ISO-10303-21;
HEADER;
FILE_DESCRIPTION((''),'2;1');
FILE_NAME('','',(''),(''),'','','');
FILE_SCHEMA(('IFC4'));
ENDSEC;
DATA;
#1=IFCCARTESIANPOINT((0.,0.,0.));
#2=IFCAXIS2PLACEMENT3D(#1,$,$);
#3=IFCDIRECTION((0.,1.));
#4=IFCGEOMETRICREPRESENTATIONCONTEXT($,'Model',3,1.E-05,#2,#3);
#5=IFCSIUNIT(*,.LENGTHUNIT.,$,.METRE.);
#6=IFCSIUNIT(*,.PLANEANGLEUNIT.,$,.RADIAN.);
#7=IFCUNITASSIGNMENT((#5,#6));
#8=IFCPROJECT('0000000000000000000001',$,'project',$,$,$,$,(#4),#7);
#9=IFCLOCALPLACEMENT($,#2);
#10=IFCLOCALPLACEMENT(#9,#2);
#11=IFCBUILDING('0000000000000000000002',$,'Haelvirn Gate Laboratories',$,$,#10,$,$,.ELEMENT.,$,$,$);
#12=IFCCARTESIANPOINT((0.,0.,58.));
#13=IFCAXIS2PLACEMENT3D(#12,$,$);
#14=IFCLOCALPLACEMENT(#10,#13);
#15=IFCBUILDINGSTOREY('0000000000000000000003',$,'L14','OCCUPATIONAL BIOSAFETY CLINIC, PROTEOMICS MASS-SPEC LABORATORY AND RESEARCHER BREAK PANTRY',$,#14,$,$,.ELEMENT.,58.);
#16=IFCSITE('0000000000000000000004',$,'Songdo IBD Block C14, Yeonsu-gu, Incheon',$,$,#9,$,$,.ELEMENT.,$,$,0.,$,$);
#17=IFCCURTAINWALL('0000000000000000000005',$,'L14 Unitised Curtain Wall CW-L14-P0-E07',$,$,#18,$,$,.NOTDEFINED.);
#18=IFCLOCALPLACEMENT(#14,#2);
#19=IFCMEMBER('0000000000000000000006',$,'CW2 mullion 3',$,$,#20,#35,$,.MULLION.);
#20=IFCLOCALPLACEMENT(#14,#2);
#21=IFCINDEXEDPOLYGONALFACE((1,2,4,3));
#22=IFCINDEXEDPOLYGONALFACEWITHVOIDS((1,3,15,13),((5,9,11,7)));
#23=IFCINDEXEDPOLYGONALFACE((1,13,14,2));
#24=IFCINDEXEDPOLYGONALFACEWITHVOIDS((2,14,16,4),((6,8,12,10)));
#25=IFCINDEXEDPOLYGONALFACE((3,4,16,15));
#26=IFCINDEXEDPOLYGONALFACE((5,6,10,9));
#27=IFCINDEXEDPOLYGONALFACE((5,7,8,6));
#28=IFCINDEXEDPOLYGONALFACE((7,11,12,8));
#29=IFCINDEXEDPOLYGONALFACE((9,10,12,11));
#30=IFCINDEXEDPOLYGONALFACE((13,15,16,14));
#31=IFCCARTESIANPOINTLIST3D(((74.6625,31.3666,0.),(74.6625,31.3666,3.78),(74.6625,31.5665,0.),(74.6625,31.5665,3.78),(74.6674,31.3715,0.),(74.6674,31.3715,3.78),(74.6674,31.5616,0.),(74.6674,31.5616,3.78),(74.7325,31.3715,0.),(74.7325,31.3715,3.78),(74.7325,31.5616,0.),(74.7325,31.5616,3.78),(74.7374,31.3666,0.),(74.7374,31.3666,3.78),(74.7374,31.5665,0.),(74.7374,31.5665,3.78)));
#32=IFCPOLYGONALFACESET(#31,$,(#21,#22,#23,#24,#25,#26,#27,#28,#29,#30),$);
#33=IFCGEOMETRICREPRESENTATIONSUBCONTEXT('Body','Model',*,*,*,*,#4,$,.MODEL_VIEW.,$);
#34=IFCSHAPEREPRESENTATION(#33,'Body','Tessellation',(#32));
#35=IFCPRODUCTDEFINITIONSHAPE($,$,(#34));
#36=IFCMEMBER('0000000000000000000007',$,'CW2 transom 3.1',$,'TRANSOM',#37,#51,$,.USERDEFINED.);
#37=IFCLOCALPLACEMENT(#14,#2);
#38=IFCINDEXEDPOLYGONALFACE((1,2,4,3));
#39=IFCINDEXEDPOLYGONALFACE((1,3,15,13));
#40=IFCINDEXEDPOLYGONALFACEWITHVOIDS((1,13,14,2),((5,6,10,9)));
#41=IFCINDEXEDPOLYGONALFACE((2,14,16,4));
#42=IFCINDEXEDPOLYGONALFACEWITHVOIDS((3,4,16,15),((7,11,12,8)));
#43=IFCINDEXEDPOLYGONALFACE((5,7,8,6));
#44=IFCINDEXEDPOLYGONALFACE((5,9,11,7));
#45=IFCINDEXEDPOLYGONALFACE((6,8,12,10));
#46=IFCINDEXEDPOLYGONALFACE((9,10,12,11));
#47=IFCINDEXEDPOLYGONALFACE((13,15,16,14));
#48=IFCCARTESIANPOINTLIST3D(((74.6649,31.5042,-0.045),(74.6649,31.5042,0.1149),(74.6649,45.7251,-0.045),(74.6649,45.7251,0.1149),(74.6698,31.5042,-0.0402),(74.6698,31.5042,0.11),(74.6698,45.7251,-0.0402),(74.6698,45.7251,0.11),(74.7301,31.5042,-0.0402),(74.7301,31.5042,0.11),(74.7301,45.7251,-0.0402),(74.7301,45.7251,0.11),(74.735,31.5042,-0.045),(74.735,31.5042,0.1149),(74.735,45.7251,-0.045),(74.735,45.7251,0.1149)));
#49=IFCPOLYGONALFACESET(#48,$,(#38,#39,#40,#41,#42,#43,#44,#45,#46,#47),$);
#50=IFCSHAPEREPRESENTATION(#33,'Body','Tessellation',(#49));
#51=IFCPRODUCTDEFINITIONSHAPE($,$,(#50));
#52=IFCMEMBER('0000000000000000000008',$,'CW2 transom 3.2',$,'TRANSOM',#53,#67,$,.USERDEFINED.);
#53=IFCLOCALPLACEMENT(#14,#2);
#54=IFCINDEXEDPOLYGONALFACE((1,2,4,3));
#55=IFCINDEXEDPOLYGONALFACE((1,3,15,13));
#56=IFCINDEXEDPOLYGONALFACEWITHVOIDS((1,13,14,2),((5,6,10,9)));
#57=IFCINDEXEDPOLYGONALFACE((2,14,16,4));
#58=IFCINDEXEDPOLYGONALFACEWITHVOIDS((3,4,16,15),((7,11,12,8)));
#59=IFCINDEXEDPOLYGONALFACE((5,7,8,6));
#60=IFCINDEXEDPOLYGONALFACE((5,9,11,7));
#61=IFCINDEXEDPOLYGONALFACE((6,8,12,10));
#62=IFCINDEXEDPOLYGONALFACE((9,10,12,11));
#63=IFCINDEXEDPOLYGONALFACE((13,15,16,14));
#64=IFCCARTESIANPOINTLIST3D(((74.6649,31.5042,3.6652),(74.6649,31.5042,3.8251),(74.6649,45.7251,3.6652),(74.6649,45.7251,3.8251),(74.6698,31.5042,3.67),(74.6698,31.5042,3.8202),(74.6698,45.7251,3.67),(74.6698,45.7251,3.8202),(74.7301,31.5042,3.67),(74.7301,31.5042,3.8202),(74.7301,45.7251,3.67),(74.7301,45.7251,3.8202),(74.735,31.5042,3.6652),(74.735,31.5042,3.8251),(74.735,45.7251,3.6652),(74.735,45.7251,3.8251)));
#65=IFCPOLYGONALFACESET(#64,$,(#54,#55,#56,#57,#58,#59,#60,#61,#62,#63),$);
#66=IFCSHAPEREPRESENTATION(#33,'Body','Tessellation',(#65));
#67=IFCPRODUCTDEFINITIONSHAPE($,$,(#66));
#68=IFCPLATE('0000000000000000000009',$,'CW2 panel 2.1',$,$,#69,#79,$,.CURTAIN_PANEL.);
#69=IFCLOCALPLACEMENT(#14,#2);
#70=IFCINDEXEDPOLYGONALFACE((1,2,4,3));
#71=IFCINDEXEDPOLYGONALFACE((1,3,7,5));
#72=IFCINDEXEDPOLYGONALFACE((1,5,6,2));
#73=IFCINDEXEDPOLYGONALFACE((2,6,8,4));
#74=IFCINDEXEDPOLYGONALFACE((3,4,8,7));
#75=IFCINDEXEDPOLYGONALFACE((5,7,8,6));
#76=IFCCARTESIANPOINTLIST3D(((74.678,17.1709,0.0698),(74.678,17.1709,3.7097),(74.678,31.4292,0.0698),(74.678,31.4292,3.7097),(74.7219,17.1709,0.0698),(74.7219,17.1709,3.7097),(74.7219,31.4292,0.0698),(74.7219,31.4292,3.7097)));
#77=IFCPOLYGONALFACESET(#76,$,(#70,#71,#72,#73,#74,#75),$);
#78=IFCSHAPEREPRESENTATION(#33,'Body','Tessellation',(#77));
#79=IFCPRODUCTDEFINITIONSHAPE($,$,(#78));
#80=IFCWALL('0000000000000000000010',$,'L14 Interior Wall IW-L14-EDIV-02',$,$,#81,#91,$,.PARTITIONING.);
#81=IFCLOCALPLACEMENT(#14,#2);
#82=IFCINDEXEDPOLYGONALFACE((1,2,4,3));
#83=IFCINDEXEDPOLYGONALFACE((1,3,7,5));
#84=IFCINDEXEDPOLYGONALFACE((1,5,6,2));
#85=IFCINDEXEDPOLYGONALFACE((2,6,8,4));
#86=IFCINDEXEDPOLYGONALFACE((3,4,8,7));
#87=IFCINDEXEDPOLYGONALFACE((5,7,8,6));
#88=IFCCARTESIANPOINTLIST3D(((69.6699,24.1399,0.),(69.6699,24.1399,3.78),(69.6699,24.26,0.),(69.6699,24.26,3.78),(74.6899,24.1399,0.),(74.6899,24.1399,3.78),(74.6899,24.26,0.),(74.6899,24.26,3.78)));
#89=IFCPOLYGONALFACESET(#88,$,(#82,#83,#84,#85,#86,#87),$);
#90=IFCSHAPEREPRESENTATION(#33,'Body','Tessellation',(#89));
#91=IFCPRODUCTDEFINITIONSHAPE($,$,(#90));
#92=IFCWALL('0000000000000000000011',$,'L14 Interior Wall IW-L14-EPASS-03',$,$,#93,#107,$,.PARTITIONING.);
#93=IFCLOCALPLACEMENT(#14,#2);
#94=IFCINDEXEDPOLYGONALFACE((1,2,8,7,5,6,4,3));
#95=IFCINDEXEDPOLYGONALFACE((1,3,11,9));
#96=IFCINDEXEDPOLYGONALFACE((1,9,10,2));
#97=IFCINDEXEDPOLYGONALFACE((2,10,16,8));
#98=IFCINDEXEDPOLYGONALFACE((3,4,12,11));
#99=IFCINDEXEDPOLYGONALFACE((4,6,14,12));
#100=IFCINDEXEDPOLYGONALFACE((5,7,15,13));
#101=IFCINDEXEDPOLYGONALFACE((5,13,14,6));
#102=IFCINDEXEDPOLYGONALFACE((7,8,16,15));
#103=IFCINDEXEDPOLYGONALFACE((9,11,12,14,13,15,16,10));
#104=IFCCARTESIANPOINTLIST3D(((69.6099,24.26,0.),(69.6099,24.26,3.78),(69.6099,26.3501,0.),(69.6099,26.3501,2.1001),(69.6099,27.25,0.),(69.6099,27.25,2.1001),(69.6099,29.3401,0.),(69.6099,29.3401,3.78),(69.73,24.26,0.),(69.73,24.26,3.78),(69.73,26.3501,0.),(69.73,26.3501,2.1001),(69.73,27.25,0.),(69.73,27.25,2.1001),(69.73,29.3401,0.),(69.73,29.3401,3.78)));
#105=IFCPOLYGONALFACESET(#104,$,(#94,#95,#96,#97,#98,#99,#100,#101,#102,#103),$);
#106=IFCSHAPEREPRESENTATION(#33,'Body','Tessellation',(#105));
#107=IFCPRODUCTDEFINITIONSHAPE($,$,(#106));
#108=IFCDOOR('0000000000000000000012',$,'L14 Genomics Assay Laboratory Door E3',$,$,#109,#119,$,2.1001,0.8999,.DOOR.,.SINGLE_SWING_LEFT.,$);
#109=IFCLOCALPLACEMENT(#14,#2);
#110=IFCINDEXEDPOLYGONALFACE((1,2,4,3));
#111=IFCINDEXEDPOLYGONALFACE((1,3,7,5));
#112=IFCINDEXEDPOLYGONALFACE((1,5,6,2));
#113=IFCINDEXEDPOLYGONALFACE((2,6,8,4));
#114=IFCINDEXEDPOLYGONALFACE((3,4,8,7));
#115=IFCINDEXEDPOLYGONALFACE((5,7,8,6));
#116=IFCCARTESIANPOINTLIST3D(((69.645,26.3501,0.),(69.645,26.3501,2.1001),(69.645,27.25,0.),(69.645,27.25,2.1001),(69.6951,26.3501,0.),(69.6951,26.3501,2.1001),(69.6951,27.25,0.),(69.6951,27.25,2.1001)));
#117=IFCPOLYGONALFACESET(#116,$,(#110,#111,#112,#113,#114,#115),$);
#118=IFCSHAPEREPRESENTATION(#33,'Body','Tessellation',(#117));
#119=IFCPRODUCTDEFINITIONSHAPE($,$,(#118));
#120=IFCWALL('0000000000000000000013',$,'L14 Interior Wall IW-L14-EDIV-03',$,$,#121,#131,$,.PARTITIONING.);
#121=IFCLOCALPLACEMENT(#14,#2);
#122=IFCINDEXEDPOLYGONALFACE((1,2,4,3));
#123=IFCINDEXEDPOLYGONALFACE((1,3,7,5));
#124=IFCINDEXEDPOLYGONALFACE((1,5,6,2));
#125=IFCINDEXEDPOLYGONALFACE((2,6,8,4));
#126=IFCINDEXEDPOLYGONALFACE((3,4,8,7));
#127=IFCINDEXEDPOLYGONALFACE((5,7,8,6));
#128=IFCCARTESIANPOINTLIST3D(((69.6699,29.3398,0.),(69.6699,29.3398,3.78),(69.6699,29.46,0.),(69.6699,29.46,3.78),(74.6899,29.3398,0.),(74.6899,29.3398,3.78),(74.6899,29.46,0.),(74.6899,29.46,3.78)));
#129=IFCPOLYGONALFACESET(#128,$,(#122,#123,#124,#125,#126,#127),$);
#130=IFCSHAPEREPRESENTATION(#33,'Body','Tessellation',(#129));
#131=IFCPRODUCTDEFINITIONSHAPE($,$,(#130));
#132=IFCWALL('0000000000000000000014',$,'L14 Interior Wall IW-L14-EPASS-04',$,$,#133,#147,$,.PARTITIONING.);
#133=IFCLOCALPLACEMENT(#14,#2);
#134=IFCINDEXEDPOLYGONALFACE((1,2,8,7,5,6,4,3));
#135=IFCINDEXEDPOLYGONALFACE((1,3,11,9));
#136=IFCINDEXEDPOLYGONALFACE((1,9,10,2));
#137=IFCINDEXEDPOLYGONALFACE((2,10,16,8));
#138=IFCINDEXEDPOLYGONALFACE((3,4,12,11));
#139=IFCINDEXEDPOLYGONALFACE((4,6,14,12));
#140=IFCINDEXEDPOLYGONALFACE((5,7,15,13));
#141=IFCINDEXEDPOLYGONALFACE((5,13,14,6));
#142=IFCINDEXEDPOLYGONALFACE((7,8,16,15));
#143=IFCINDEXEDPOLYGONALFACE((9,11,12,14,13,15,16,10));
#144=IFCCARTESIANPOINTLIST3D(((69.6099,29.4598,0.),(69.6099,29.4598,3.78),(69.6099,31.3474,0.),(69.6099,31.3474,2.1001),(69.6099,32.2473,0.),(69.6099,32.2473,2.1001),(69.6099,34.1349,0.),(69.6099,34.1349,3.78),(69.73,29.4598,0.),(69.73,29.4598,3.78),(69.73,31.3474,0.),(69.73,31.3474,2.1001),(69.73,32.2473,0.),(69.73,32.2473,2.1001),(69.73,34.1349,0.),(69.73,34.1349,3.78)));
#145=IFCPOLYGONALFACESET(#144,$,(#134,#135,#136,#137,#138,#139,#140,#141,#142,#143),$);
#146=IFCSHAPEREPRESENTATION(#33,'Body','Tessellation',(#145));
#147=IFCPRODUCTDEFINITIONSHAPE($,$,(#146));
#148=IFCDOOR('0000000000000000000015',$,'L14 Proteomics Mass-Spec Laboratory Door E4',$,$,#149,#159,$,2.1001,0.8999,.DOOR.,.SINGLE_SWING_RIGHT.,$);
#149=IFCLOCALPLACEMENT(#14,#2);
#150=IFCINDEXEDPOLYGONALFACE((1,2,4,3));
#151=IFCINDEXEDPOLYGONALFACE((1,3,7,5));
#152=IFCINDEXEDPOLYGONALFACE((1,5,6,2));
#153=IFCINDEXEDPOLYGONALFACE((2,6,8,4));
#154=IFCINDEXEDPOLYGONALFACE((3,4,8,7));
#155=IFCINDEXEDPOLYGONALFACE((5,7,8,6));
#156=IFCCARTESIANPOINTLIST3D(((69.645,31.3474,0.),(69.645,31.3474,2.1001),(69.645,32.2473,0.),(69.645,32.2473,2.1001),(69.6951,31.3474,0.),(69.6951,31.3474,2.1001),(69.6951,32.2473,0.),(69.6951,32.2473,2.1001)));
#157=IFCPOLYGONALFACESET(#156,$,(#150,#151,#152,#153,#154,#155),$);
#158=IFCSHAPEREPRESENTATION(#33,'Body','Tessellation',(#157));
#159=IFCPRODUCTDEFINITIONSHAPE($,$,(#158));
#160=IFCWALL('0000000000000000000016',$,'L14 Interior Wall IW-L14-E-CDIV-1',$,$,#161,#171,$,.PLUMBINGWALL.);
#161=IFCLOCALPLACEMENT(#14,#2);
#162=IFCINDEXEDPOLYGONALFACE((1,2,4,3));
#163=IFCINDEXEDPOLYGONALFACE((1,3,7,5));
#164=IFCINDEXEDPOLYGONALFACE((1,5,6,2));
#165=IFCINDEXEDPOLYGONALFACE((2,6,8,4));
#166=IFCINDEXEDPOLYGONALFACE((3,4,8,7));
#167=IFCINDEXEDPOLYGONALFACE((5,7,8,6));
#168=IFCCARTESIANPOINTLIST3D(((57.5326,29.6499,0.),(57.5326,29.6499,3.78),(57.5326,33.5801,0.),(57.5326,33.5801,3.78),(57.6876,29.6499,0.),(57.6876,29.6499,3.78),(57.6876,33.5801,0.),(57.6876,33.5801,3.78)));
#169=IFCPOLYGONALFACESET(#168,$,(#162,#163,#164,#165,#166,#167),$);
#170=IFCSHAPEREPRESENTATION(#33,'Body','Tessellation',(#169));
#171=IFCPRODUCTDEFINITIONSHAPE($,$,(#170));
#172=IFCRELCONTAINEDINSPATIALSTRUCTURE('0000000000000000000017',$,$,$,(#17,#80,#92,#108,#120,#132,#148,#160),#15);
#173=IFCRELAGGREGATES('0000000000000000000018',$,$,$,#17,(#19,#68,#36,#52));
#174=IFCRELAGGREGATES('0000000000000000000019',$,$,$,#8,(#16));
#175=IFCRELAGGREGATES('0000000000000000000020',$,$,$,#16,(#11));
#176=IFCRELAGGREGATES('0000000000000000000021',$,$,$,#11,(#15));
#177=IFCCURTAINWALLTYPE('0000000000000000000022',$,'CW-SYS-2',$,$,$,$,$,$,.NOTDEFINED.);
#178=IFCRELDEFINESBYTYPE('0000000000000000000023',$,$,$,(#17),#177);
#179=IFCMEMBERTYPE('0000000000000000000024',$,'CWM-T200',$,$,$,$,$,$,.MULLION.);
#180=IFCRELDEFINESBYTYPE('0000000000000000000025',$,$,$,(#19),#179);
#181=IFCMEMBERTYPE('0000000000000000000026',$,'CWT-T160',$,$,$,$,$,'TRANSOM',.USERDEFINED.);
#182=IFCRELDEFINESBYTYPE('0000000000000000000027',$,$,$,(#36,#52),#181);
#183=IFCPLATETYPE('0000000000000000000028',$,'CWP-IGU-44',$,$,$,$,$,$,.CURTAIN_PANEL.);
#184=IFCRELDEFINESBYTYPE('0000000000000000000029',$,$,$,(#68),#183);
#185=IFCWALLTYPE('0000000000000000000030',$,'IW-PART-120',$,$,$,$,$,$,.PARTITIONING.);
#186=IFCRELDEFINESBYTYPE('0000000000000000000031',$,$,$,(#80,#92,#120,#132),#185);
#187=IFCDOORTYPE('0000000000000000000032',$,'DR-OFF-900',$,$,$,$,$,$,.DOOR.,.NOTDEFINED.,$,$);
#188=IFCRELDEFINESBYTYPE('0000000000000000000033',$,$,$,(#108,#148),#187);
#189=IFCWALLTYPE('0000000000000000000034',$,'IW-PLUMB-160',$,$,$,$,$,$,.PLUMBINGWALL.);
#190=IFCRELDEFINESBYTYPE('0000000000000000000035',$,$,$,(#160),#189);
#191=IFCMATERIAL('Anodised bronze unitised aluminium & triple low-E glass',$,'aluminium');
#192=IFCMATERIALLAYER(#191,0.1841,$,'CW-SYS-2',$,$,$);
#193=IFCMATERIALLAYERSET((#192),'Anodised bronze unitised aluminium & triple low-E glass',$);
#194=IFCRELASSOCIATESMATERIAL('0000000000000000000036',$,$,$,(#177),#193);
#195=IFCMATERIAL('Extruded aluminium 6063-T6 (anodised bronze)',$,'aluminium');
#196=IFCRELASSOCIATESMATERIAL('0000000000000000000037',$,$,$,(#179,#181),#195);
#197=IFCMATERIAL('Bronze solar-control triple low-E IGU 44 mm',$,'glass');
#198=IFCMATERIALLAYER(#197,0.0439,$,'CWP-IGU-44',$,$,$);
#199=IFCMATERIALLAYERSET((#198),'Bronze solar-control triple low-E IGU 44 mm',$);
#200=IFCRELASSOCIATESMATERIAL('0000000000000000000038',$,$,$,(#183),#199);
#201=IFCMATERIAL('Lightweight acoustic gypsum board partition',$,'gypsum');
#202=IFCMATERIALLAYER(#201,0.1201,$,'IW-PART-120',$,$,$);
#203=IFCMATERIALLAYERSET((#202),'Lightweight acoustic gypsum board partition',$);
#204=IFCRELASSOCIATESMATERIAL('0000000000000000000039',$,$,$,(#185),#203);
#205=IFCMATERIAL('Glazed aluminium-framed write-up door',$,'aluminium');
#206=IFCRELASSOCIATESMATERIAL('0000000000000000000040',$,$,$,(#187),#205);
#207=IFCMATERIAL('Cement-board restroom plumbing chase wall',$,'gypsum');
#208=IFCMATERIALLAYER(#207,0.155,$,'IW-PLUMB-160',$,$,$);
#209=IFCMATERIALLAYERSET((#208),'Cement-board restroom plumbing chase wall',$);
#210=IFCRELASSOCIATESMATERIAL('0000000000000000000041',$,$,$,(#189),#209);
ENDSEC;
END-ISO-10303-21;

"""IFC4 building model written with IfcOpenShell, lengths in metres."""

from ifc_helpers import new_model, si_unit, direction, frame, frame_2d, origin, origin_2d, place, context, subcontext, project, spatial, rectangle, hollow_rectangle, extrude, source, transform, mapped, material, layer, layer_set, material_profile, profile_set, type_object, type_shapes, element, fill, aggregate, save


model = new_model("IFC4")

# Units and contexts
model_context = context("Model", 3, precision=1e-05, world=origin(), true_north=direction((0.0, 1.0)))
body_context = subcontext(model_context, "Body", "Model", "MODEL_VIEW")
ifc_project = project(units=[si_unit("LENGTHUNIT", "METRE"), si_unit("PLANEANGLEUNIT", "RADIAN")], contexts=[model_context])

# Site, building, storey
site_placement = place(None, origin())
site = spatial("IfcSite", under=ifc_project, at=site_placement, Name="Songdo IBD Block C14, Yeonsu-gu, Incheon", CompositionType="ELEMENT", RefElevation=0.0)
building_placement = place(site_placement, origin())
building = spatial("IfcBuilding", under=site, at=building_placement, Name="Haelvirn Gate Laboratories", CompositionType="ELEMENT")
storey_placement = place(building_placement, frame((0.0, 0.0, 58.0)))
storey = spatial("IfcBuildingStorey", under=building, at=storey_placement, Name="L14", Description="OCCUPATIONAL BIOSAFETY CLINIC, PROTEOMICS MASS-SPEC LABORATORY AND RESEARCHER BREAK PANTRY", CompositionType="ELEMENT", Elevation=58.0)

# Curtain wall, members, plate
ifc_material_1 = material(Name="Anodised bronze unitised aluminium & triple low-E glass", Category="aluminium")
ifc_layer_1 = layer(ifc_material_1, 0.1841, Name="CW-SYS-2")
ifc_layer_set_1 = layer_set([ifc_layer_1], Name="Anodised bronze unitised aluminium & triple low-E glass")
curtain_wall_type = type_object("IfcCurtainWallType", Name="CW-SYS-2", PredefinedType="NOTDEFINED", material=ifc_layer_set_1)
curtain_wall_placement = place(storey_placement, origin())
curtain_wall = element("IfcCurtainWall", 1, at=curtain_wall_placement, inside=storey, type_object=curtain_wall_type, Name="L14 Unitised Curtain Wall CW-L14-P0-E07", PredefinedType="NOTDEFINED")
ifc_material_2 = material(Name="Extruded aluminium 6063-T6 (anodised bronze)", Category="aluminium")
ifc_material_profile_1 = material_profile(ifc_material_2, hollow_rectangle(XDim=0.075, YDim=0.2, WallThickness=0.0049, at=origin_2d()), Name="CWM-200x75x5")
ifc_profile_set_1 = profile_set([ifc_material_profile_1], Name="Extruded aluminium 6063-T6 (anodised bronze)")
member_type_1 = type_object("IfcMemberType", Name="CWM-T200", PredefinedType="MULLION", material=ifc_profile_set_1)
shared_shape_1 = source(origin(), body_context, "Body", "SweptSolid", [
    extrude(hollow_rectangle(XDim=0.075, YDim=0.2, WallThickness=0.0049, at=origin_2d()), origin(), (0.0, 0.0, 1.0), 3.78),
])
type_shapes(member_type_1, [shared_shape_1])
member_1_placement = place(storey_placement, frame((74.7, 31.4666, 0.0), z_axis=(0.0, 0.0, 1.0), x_axis=(-1.0, 0.0, 0.0)))
member_1 = element("IfcMember", 2, at=member_1_placement, type_object=member_type_1, Name="CW2 mullion 3", PredefinedType="MULLION", context=body_context, shape_type="MappedRepresentation", body=[
    mapped(shared_shape_1, transform((0.0, 0.0, 0.0), scale=1.0)),
])
ifc_material_profile_2 = material_profile(ifc_material_2, hollow_rectangle(XDim=0.0701, YDim=0.1599, WallThickness=0.0049, at=origin_2d()), Name="CWT-160x70x5")
ifc_profile_set_2 = profile_set([ifc_material_profile_2], Name="Extruded aluminium 6063-T6 (anodised bronze)")
member_type_2 = type_object("IfcMemberType", Name="CWT-T160", ElementType="TRANSOM", PredefinedType="USERDEFINED", material=ifc_profile_set_2)
shared_shape_2 = source(origin(), body_context, "Body", "SweptSolid", [
    extrude(hollow_rectangle(XDim=0.0701, YDim=0.1599, WallThickness=0.0049, at=origin_2d()), origin(), (0.0, 0.0, 1.0), 14.2209),
])
type_shapes(member_type_2, [shared_shape_2])
member_2_placement = place(storey_placement, frame((74.7, 31.5042, 0.0349), z_axis=(0.0, 1.0, 0.0), x_axis=(-1.0, 0.0, 0.0)))
member_2 = element("IfcMember", 3, at=member_2_placement, type_object=member_type_2, Name="CW2 transom 3.1", ObjectType="TRANSOM", PredefinedType="USERDEFINED", context=body_context, shape_type="MappedRepresentation", body=[
    mapped(shared_shape_2, transform((0.0, 0.0, 0.0), scale=1.0)),
])
member_3_placement = place(storey_placement, frame((74.7, 31.5042, 3.7451), z_axis=(0.0, 1.0, 0.0), x_axis=(-1.0, 0.0, 0.0)))
member_3 = element("IfcMember", 4, at=member_3_placement, type_object=member_type_2, Name="CW2 transom 3.2", ObjectType="TRANSOM", PredefinedType="USERDEFINED", context=body_context, shape_type="MappedRepresentation", body=[
    mapped(shared_shape_2, transform((0.0, 0.0, 0.0), scale=1.0)),
])
ifc_material_3 = material(Name="Bronze solar-control triple low-E IGU 44 mm", Category="glass")
ifc_layer_2 = layer(ifc_material_3, 0.0439, Name="CWP-IGU-44")
ifc_layer_set_2 = layer_set([ifc_layer_2], Name="Bronze solar-control triple low-E IGU 44 mm")
plate_type = type_object("IfcPlateType", Name="CWP-IGU-44", PredefinedType="CURTAIN_PANEL", material=ifc_layer_set_2)
shared_shape_3 = source(origin(), body_context, "Body", "SweptSolid", [
    extrude(rectangle(XDim=14.2583, YDim=0.0439, at=origin_2d()), origin(), (0.0, 0.0, 1.0), 3.6399),
])
type_shapes(plate_type, [shared_shape_3])
plate_placement = place(storey_placement, frame((74.7, 24.3, 0.0698), z_axis=(0.0, 0.0, 1.0), x_axis=(0.0, 1.0, 0.0)))
plate = element("IfcPlate", 5, at=plate_placement, type_object=plate_type, Name="CW2 panel 2.1", PredefinedType="CURTAIN_PANEL", context=body_context, shape_type="MappedRepresentation", body=[
    mapped(shared_shape_3, transform((0.0, 0.0, 0.0), scale=1.0)),
])
aggregate(curtain_wall, [member_1, plate, member_2, member_3])

# Wall
ifc_material_4 = material(Name="Lightweight acoustic gypsum board partition", Category="gypsum")
ifc_layer_3 = layer(ifc_material_4, 0.1201, Name="IW-PART-120")
ifc_layer_set_3 = layer_set([ifc_layer_3], Name="Lightweight acoustic gypsum board partition")
wall_type_1 = type_object("IfcWallType", Name="IW-PART-120", PredefinedType="PARTITIONING", material=ifc_layer_set_3)
wall_1_placement = place(storey_placement, frame((69.6699, 24.2, 0.0), z_axis=(0.0, 0.0, 1.0), x_axis=(1.0, 0.0, 0.0)))
element("IfcWall", 6, at=wall_1_placement, inside=storey, type_object=wall_type_1, Name="L14 Interior Wall IW-L14-EDIV-02", PredefinedType="PARTITIONING", context=body_context, shape_type="SweptSolid", body=[
    extrude(rectangle(XDim=5.02, YDim=0.1201, at=frame_2d((2.51, 0.0))), origin(), (0.0, 0.0, 1.0), 3.78),
])

# Wall, opening, door
wall_2_placement = place(storey_placement, frame((69.6699, 24.26, 0.0), z_axis=(0.0, 0.0, 1.0), x_axis=(0.0, 1.0, 0.0)))
wall_2 = element("IfcWall", 7, at=wall_2_placement, inside=storey, type_object=wall_type_1, Name="L14 Interior Wall IW-L14-EPASS-03", PredefinedType="PARTITIONING", context=body_context, shape_type="SweptSolid", body=[
    extrude(rectangle(XDim=5.0801, YDim=0.1201, at=frame_2d((2.54, 0.0))), origin(), (0.0, 0.0, 1.0), 3.78),
])
opening_1_placement = place(wall_2_placement, frame((2.0901, 0.0, 0.0)))
opening_1 = element("IfcOpeningElement", 8, at=opening_1_placement, cuts=wall_2, PredefinedType="OPENING", context=body_context, shape_type="SweptSolid", body=[
    extrude(rectangle(XDim=0.8999, YDim=2.1001, at=frame_2d((0.45, 1.05))), frame((0.0, 0.0701, 0.0), z_axis=(0.0, -1.0, 0.0), x_axis=(1.0, 0.0, 0.0)), (0.0, 0.0, 1.0), 0.1401),
])
ifc_material_5 = material(Name="Glazed aluminium-framed write-up door", Category="aluminium")
door_type_1 = type_object("IfcDoorType", Name="DR-OFF-900", OperationType="NOTDEFINED", PredefinedType="DOOR", material=ifc_material_5)
shared_shape_4 = source(origin(), body_context, "Body", "SweptSolid", [
    extrude(rectangle(XDim=0.8999, YDim=2.1001, at=frame_2d((0.45, 1.05))), frame((0.0, 0.0249, 0.0), z_axis=(0.0, -1.0, 0.0), x_axis=(1.0, 0.0, 0.0)), (0.0, 0.0, 1.0), 0.05),
])
type_shapes(door_type_1, [shared_shape_4])
door_1_placement = place(opening_1_placement, origin())
door_1 = element("IfcDoor", 9, at=door_1_placement, inside=storey, type_object=door_type_1, Name="L14 Genomics Assay Laboratory Door E3", OperationType="SINGLE_SWING_LEFT", OverallHeight=2.1001, OverallWidth=0.8999, PredefinedType="DOOR", context=body_context, shape_type="MappedRepresentation", body=[
    mapped(shared_shape_4, transform((0.0, 0.0, 0.0), scale=1.0)),
])
fill(opening_1, door_1)

# Wall
wall_3_placement = place(storey_placement, frame((69.6699, 29.3999, 0.0), z_axis=(0.0, 0.0, 1.0), x_axis=(1.0, 0.0, 0.0)))
element("IfcWall", 10, at=wall_3_placement, inside=storey, type_object=wall_type_1, Name="L14 Interior Wall IW-L14-EDIV-03", PredefinedType="PARTITIONING", context=body_context, shape_type="SweptSolid", body=[
    extrude(rectangle(XDim=5.02, YDim=0.1201, at=frame_2d((2.51, 0.0))), origin(), (0.0, 0.0, 1.0), 3.78),
])

# Wall, opening, door
wall_4_placement = place(storey_placement, frame((69.6699, 29.46, 0.0), z_axis=(0.0, 0.0, 1.0), x_axis=(0.0, 1.0, 0.0)))
wall_4 = element("IfcWall", 11, at=wall_4_placement, inside=storey, type_object=wall_type_1, Name="L14 Interior Wall IW-L14-EPASS-04", PredefinedType="PARTITIONING", context=body_context, shape_type="SweptSolid", body=[
    extrude(rectangle(XDim=4.675, YDim=0.1201, at=frame_2d((2.3374, 0.0))), origin(), (0.0, 0.0, 1.0), 3.78),
])
opening_2_placement = place(wall_4_placement, frame((1.8875, 0.0, 0.0)))
opening_2 = element("IfcOpeningElement", 12, at=opening_2_placement, cuts=wall_4, PredefinedType="OPENING", context=body_context, shape_type="SweptSolid", body=[
    extrude(rectangle(XDim=0.8999, YDim=2.1001, at=frame_2d((0.45, 1.05))), frame((0.0, 0.0701, 0.0), z_axis=(0.0, -1.0, 0.0), x_axis=(1.0, 0.0, 0.0)), (0.0, 0.0, 1.0), 0.1401),
])
door_2_placement = place(opening_2_placement, origin())
door_2 = element("IfcDoor", 13, at=door_2_placement, inside=storey, type_object=door_type_1, Name="L14 Proteomics Mass-Spec Laboratory Door E4", OperationType="SINGLE_SWING_RIGHT", OverallHeight=2.1001, OverallWidth=0.8999, PredefinedType="DOOR", context=body_context, shape_type="MappedRepresentation", body=[
    mapped(shared_shape_4, transform((0.0, 0.0, 0.0), scale=1.0)),
])
fill(opening_2, door_2)

# Wall
ifc_material_6 = material(Name="Cement-board restroom plumbing chase wall", Category="gypsum")
ifc_layer_4 = layer(ifc_material_6, 0.155, Name="IW-PLUMB-160")
ifc_layer_set_4 = layer_set([ifc_layer_4], Name="Cement-board restroom plumbing chase wall")
wall_type_2 = type_object("IfcWallType", Name="IW-PLUMB-160", PredefinedType="PLUMBINGWALL", material=ifc_layer_set_4)
wall_5_placement = place(storey_placement, frame((57.6101, 29.6499, 0.0), z_axis=(0.0, 0.0, 1.0), x_axis=(0.0, 1.0, 0.0)))
element("IfcWall", 14, at=wall_5_placement, inside=storey, type_object=wall_type_2, Name="L14 Interior Wall IW-L14-E-CDIV-1", PredefinedType="PLUMBINGWALL", context=body_context, shape_type="SweptSolid", body=[
    extrude(rectangle(XDim=3.9302, YDim=0.155, at=frame_2d((1.9651, 0.0))), origin(), (0.0, 0.0, 1.0), 3.78),
])

save(model, "model.ifc")
